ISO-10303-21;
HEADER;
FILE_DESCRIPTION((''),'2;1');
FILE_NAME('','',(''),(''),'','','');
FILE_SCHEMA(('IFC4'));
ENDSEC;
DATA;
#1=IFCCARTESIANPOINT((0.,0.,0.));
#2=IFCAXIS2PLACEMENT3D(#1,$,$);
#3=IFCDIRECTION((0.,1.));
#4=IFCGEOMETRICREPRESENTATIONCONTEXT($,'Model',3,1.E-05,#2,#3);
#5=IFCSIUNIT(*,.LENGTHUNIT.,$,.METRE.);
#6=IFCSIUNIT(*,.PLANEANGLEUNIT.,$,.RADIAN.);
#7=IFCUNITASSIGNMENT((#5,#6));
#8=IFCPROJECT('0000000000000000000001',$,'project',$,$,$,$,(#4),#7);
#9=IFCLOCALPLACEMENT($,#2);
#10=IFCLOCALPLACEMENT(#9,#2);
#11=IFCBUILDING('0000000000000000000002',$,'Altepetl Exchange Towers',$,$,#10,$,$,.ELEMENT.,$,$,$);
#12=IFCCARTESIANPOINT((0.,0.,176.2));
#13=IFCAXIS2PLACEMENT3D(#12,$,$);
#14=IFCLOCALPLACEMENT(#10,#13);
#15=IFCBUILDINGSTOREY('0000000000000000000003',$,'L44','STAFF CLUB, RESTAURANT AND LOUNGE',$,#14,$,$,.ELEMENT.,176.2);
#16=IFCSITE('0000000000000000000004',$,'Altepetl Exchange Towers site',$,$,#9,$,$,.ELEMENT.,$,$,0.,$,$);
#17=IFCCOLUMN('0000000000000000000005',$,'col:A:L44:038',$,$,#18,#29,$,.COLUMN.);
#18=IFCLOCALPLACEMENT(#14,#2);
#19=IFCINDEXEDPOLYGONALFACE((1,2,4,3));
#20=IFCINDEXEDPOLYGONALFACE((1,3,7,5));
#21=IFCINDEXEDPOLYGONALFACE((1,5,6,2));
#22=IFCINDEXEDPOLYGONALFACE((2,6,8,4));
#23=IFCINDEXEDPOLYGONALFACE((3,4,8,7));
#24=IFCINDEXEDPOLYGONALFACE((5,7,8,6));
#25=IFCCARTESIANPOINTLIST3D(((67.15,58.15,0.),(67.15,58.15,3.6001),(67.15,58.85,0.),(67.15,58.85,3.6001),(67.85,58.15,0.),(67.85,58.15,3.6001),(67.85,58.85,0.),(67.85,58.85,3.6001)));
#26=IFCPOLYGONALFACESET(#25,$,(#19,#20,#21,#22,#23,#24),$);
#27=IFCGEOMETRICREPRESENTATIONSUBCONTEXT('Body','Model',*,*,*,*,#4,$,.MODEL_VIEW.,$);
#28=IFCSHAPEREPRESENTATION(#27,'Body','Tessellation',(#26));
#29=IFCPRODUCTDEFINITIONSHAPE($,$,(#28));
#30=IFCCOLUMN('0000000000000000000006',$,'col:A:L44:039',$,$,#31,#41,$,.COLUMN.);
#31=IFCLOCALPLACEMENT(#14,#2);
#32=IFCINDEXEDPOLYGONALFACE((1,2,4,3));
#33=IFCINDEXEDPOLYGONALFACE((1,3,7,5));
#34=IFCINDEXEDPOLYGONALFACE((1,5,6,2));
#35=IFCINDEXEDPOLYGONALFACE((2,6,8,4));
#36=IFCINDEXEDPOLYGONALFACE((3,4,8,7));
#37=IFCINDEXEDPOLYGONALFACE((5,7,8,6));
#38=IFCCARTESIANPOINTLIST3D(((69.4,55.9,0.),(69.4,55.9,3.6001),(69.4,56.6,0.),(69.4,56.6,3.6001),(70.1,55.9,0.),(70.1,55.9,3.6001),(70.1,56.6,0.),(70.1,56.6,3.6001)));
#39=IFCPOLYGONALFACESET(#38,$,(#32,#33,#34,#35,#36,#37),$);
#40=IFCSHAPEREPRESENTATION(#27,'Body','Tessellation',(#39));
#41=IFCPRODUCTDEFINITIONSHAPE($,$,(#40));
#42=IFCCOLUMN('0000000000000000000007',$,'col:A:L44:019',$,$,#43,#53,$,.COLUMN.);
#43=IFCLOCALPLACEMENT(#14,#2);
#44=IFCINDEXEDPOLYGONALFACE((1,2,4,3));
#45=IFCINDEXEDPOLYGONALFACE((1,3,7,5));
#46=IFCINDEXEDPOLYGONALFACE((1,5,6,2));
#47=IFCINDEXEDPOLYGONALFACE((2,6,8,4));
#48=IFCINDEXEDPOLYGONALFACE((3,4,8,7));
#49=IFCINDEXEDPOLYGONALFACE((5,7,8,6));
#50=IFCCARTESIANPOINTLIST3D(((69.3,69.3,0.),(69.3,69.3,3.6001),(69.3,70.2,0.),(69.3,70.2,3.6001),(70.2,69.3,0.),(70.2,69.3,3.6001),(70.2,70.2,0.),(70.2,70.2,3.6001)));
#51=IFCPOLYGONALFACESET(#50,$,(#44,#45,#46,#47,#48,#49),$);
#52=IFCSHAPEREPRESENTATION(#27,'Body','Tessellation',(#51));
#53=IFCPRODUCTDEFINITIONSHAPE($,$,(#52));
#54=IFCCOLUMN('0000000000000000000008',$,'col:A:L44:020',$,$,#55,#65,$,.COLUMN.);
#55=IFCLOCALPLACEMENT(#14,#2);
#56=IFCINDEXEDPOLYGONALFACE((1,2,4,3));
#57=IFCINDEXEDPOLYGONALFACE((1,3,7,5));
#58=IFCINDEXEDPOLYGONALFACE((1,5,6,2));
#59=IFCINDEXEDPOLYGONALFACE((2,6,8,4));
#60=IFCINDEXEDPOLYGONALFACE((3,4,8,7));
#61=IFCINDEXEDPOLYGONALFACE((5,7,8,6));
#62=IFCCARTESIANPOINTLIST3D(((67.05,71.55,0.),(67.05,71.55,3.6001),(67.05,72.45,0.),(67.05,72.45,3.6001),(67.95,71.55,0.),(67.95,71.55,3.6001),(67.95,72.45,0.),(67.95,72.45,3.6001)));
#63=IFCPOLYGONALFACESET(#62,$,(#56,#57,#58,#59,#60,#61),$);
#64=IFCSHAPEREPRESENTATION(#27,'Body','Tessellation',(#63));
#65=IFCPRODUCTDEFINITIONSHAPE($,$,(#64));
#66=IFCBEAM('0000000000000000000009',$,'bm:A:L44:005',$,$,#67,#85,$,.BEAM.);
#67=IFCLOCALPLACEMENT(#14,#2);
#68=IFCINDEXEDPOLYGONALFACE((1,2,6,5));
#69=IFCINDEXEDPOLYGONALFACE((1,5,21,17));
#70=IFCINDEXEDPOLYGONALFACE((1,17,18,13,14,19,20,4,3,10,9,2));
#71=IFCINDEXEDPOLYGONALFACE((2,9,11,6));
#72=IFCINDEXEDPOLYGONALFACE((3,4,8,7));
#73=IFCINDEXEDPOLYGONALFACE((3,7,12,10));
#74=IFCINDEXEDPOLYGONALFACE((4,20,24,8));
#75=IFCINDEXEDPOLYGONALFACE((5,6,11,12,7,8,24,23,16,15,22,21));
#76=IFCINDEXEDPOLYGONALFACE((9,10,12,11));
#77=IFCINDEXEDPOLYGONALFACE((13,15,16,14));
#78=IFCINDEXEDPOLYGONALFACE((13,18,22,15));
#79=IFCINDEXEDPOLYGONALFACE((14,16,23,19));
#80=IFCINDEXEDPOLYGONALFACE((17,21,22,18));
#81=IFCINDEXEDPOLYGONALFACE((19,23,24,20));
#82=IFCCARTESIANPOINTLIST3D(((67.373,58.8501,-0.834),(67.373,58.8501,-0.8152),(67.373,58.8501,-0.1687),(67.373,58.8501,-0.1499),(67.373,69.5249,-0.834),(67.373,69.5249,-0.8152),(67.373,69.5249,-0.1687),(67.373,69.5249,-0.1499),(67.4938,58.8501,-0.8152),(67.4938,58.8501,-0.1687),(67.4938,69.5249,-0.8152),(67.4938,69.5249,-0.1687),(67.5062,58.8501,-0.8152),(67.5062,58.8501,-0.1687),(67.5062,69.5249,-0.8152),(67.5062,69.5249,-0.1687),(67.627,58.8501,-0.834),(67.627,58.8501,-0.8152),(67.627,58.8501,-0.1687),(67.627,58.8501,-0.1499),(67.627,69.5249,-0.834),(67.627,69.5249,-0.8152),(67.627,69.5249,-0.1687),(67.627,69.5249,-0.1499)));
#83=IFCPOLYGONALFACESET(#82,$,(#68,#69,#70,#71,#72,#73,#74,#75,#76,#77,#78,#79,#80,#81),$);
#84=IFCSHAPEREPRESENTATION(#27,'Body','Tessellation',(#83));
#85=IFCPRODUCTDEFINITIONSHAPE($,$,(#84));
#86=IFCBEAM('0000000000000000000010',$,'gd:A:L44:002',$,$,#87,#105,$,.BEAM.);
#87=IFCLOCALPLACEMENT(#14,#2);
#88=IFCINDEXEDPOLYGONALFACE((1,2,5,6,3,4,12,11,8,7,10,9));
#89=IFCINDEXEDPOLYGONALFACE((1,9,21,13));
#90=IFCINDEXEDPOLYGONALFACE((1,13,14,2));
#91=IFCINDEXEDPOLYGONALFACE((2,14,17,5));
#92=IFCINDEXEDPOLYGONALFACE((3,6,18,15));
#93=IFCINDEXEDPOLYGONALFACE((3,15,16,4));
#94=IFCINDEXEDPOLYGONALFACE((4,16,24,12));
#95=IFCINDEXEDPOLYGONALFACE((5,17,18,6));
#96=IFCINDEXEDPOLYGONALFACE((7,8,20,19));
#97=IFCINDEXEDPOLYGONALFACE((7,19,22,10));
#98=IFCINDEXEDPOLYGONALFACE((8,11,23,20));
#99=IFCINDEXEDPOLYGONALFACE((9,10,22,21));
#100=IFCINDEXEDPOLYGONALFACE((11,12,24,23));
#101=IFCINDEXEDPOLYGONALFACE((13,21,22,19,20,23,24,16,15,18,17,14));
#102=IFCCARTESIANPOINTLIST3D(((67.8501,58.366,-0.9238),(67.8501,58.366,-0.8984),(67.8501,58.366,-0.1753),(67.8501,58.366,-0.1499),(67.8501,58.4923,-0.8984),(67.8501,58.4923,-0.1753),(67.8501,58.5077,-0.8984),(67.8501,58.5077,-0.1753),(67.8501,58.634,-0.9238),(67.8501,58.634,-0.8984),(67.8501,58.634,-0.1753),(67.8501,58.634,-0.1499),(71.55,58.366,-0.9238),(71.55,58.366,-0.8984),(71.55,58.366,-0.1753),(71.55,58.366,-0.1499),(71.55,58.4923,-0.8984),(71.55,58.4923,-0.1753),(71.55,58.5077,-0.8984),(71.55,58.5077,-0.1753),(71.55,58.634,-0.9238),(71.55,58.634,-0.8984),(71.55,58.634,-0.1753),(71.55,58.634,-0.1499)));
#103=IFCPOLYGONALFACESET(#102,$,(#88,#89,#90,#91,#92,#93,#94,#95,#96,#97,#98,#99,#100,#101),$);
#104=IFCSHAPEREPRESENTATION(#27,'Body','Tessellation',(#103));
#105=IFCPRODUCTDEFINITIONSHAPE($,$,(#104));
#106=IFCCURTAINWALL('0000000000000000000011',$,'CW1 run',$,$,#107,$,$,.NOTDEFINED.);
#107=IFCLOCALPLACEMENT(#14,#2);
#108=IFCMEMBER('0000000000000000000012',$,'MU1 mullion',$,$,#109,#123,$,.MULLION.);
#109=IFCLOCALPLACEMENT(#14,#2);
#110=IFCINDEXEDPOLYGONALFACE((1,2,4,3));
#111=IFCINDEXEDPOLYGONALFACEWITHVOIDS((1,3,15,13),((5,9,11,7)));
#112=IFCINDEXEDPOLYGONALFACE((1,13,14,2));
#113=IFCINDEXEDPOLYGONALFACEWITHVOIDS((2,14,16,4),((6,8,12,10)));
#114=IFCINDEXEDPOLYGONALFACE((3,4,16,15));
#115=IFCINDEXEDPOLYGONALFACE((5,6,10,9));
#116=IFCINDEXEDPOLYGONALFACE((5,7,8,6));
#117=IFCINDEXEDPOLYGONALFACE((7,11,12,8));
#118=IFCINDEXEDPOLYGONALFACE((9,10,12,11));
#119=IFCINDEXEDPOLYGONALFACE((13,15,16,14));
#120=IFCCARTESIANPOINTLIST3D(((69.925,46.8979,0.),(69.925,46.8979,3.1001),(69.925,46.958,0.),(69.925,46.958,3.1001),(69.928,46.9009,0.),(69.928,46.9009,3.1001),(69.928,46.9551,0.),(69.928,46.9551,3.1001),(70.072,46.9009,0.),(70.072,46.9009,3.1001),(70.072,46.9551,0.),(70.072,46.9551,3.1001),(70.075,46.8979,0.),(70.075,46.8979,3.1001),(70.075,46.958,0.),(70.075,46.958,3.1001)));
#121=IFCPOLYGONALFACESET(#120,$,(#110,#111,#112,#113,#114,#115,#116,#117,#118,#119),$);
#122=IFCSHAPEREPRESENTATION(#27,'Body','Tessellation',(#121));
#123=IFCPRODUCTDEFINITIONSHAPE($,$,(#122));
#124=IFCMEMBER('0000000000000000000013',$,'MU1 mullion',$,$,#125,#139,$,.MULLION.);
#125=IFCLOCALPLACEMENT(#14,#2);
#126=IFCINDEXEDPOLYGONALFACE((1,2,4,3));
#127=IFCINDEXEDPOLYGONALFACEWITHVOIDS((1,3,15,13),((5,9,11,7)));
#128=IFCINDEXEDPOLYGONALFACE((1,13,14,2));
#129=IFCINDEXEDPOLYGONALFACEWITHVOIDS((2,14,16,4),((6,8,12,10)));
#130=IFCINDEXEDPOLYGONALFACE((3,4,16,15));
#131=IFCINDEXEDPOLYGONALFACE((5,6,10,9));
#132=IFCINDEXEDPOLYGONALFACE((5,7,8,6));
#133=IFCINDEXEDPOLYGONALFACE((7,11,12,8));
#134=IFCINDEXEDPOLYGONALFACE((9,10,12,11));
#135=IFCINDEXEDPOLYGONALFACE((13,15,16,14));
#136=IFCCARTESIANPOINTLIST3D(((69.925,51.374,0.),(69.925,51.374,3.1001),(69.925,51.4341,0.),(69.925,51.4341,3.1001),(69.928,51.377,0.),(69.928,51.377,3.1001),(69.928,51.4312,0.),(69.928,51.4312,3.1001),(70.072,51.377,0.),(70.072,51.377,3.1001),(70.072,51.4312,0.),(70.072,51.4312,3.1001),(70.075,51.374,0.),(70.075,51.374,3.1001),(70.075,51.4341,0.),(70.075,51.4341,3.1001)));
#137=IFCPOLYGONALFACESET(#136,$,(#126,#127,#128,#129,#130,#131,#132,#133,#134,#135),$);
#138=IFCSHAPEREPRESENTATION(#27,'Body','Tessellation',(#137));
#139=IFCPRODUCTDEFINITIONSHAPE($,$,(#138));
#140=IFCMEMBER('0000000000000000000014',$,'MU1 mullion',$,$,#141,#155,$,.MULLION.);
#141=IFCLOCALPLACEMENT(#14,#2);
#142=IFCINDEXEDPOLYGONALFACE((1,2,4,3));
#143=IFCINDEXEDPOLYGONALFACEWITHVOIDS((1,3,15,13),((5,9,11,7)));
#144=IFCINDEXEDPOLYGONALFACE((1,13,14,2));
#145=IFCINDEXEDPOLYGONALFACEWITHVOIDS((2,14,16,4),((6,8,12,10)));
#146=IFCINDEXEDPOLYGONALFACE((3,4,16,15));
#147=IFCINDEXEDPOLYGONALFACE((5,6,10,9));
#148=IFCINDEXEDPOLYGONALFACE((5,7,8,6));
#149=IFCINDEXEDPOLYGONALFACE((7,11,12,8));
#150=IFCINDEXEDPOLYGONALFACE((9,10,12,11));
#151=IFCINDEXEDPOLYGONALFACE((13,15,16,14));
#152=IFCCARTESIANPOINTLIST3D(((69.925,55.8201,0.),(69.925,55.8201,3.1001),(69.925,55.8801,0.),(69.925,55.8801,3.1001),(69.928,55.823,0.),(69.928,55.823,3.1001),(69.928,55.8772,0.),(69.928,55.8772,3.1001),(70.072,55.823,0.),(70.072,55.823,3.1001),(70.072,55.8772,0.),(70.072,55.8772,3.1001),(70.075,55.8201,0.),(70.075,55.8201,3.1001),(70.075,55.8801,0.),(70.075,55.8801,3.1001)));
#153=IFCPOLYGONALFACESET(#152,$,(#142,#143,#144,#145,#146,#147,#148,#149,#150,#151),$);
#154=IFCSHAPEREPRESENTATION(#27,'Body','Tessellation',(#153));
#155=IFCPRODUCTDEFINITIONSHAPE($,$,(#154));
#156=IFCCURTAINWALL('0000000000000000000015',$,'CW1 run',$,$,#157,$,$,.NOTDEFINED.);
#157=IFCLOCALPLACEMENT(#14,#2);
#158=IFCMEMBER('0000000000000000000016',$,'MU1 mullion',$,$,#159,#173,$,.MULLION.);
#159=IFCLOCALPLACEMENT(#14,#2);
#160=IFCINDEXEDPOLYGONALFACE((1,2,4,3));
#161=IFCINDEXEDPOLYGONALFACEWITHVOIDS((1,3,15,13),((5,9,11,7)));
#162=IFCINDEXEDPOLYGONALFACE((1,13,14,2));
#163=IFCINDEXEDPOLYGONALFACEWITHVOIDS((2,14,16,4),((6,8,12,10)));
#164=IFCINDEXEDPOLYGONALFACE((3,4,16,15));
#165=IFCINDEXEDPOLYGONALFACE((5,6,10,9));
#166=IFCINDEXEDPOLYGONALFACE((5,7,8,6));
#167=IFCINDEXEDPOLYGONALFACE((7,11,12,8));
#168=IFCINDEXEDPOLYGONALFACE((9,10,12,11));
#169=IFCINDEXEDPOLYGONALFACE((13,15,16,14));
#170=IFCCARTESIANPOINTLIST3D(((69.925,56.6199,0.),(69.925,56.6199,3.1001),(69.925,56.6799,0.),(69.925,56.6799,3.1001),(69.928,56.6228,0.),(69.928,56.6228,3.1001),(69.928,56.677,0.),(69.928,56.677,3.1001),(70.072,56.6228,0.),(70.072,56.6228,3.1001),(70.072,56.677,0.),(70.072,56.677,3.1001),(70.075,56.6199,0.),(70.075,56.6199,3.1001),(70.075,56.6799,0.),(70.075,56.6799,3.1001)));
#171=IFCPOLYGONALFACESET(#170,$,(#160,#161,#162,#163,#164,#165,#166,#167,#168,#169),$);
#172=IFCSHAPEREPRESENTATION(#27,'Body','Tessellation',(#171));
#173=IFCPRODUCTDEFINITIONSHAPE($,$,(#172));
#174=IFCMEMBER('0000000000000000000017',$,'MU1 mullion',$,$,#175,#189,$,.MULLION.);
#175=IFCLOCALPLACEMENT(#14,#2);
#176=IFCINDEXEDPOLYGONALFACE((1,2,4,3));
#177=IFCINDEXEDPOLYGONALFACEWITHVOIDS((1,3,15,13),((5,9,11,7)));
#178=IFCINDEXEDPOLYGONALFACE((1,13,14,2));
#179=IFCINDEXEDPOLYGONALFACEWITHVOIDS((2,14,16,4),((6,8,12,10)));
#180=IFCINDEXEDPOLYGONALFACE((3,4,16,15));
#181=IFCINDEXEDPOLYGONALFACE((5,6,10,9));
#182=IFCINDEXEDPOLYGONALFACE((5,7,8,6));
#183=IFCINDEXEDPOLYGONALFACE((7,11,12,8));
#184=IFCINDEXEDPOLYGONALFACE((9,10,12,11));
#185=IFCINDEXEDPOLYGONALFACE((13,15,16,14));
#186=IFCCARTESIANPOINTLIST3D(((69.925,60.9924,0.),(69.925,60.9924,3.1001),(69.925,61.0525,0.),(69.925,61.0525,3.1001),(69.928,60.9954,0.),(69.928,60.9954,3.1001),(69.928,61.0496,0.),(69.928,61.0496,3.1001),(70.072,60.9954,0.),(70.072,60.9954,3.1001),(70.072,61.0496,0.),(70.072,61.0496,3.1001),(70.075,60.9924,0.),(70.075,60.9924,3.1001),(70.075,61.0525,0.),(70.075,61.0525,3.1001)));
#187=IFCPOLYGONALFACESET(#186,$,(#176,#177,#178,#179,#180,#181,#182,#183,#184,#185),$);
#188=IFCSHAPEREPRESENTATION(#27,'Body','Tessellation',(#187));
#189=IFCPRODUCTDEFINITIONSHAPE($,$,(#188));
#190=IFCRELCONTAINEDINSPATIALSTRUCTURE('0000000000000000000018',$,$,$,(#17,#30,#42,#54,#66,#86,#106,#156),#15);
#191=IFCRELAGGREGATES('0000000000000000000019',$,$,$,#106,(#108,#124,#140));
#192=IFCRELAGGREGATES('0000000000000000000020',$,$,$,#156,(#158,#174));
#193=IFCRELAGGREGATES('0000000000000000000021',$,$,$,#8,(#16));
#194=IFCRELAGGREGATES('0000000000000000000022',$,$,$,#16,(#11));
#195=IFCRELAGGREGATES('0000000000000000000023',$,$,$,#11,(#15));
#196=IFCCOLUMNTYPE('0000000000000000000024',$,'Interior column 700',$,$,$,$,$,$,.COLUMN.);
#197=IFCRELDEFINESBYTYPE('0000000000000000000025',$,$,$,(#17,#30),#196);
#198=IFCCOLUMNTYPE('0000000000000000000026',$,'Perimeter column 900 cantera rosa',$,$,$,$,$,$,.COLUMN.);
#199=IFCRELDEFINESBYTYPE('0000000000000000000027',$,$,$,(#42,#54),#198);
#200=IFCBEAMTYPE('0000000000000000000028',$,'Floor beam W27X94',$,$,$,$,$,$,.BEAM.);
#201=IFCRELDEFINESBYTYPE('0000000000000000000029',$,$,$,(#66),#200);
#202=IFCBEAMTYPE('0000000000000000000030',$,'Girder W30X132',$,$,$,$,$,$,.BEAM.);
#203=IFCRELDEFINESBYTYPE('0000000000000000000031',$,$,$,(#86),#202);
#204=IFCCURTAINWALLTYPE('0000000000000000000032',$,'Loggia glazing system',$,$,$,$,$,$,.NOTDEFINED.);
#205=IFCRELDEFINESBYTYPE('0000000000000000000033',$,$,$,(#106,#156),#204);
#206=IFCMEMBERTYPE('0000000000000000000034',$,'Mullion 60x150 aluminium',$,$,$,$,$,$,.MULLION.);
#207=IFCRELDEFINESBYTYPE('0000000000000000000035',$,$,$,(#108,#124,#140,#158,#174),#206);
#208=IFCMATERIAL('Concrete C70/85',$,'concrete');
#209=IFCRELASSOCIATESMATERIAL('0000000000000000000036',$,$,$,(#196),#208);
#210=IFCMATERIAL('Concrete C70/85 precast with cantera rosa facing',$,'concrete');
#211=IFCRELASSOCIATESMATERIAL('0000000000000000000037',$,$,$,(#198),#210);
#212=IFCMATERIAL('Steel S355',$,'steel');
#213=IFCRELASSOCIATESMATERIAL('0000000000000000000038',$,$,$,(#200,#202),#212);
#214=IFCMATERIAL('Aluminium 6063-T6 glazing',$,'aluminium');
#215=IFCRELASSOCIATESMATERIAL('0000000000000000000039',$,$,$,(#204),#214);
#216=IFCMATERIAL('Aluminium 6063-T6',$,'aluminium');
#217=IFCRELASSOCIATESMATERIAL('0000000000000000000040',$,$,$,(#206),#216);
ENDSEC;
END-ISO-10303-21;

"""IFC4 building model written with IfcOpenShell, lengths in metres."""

from ifc_helpers import new_model, si_unit, direction, frame, origin, origin_2d, place, context, subcontext, project, spatial, rectangle, hollow_rectangle, i_section, extrude, material, material_profile, profile_set, type_object, element, aggregate, save


model = new_model("IFC4")

# Units and contexts
model_context = context("Model", 3, precision=1e-05, world=origin(), true_north=direction((0.0, 1.0)))
body_context = subcontext(model_context, "Body", "Model", "MODEL_VIEW")
ifc_project = project(units=[si_unit("LENGTHUNIT", "METRE"), si_unit("PLANEANGLEUNIT", "RADIAN")], contexts=[model_context])

# Site, building, storey
site_placement = place(None, origin())
site = spatial("IfcSite", under=ifc_project, at=site_placement, Name="Altepetl Exchange Towers site", CompositionType="ELEMENT", RefElevation=0.0)
building_placement = place(site_placement, origin())
building = spatial("IfcBuilding", under=site, at=building_placement, Name="Altepetl Exchange Towers", CompositionType="ELEMENT")
storey_placement = place(building_placement, frame((0.0, 0.0, 176.2)))
storey = spatial("IfcBuildingStorey", under=building, at=storey_placement, Name="L44", Description="STAFF CLUB, RESTAURANT AND LOUNGE", CompositionType="ELEMENT", Elevation=176.2)

# Columns
ifc_material_1 = material(Name="Concrete C70/85", Category="concrete")
ifc_material_profile_1 = material_profile(ifc_material_1, rectangle(XDim=0.7, YDim=0.7, at=origin_2d()), Name="700 x 700")
ifc_profile_set_1 = profile_set([ifc_material_profile_1], Name="Concrete C70/85")
column_type_1 = type_object("IfcColumnType", Name="Interior column 700", PredefinedType="COLUMN", material=ifc_profile_set_1)
for number, where, name in (
    (1, (67.5, 58.5, 0.0), "col:A:L44:038"),
    (2, (69.75, 56.25, 0.0), "col:A:L44:039"),
):
    element("IfcColumn", number, at=place(storey_placement, frame(where)), inside=storey, type_object=column_type_1, Name=name, PredefinedType="COLUMN", context=body_context, shape_type="SweptSolid", body=[
        extrude(rectangle(XDim=0.7, YDim=0.7, at=origin_2d()), origin(), (0.0, 0.0, 1.0), 3.6001),
    ])
ifc_material_2 = material(Name="Concrete C70/85 precast with cantera rosa facing", Category="concrete")
ifc_material_profile_2 = material_profile(ifc_material_2, rectangle(XDim=0.8999, YDim=0.8999, at=origin_2d()), Name="900 x 900")
ifc_profile_set_2 = profile_set([ifc_material_profile_2], Name="Concrete C70/85 precast with cantera rosa facing")
column_type_2 = type_object("IfcColumnType", Name="Perimeter column 900 cantera rosa", PredefinedType="COLUMN", material=ifc_profile_set_2)
for number, where, name in (
    (3, (69.75, 69.75, 0.0), "col:A:L44:019"),
    (4, (67.5, 72.0, 0.0), "col:A:L44:020"),
):
    element("IfcColumn", number, at=place(storey_placement, frame(where)), inside=storey, type_object=column_type_2, Name=name, PredefinedType="COLUMN", context=body_context, shape_type="SweptSolid", body=[
        extrude(rectangle(XDim=0.8999, YDim=0.8999, at=origin_2d()), origin(), (0.0, 0.0, 1.0), 3.6001),
    ])

# Beams
ifc_material_3 = material(Name="Steel S355", Category="steel")
ifc_material_profile_3 = material_profile(ifc_material_3, i_section(OverallWidth=0.2539, OverallDepth=0.6841, WebThickness=0.0125, FlangeThickness=0.0188, at=origin_2d()), Name="W27X94")
ifc_profile_set_3 = profile_set([ifc_material_profile_3], Name="Steel S355")
beam_type_1 = type_object("IfcBeamType", Name="Floor beam W27X94", PredefinedType="BEAM", material=ifc_profile_set_3)
beam_1_placement = place(storey_placement, frame((67.5, 58.8501, -0.4919), z_axis=(0.0, 1.0, 0.0), x_axis=(-1.0, 0.0, 0.0)))
element("IfcBeam", 5, at=beam_1_placement, inside=storey, type_object=beam_type_1, Name="bm:A:L44:005", PredefinedType="BEAM", context=body_context, shape_type="SweptSolid", body=[
    extrude(i_section(OverallWidth=0.2539, OverallDepth=0.6841, WebThickness=0.0125, FlangeThickness=0.0188, at=origin_2d()), origin(), (0.0, 0.0, 1.0), 10.6748),
])
ifc_material_profile_4 = material_profile(ifc_material_3, i_section(OverallWidth=0.2681, OverallDepth=0.7739, WebThickness=0.0154, FlangeThickness=0.0254, at=origin_2d()), Name="W30X132")
ifc_profile_set_4 = profile_set([ifc_material_profile_4], Name="Steel S355")
beam_type_2 = type_object("IfcBeamType", Name="Girder W30X132", PredefinedType="BEAM", material=ifc_profile_set_4)
beam_2_placement = place(storey_placement, frame((67.8501, 58.5, -0.5369), z_axis=(1.0, 0.0, 0.0), x_axis=(0.0, 1.0, 0.0)))
element("IfcBeam", 6, at=beam_2_placement, inside=storey, type_object=beam_type_2, Name="gd:A:L44:002", PredefinedType="BEAM", context=body_context, shape_type="SweptSolid", body=[
    extrude(i_section(OverallWidth=0.2681, OverallDepth=0.7739, WebThickness=0.0154, FlangeThickness=0.0254, at=origin_2d()), origin(), (0.0, 0.0, 1.0), 3.7),
])

# Curtain walls, members
ifc_material_4 = material(Name="Aluminium 6063-T6 glazing", Category="aluminium")
curtain_wall_type = type_object("IfcCurtainWallType", Name="Loggia glazing system", PredefinedType="NOTDEFINED", material=ifc_material_4)
curtain_wall_1_placement = place(storey_placement, origin())
curtain_wall_1 = element("IfcCurtainWall", 7, at=curtain_wall_1_placement, inside=storey, type_object=curtain_wall_type, Name="CW1 run", PredefinedType="NOTDEFINED")
ifc_material_5 = material(Name="Aluminium 6063-T6", Category="aluminium")
ifc_material_profile_5 = material_profile(ifc_material_5, hollow_rectangle(XDim=0.0601, YDim=0.1499, WallThickness=0.0029, at=origin_2d()), Name="Mullion 60x150 aluminium")
ifc_profile_set_5 = profile_set([ifc_material_profile_5], Name="Aluminium 6063-T6")
member_type = type_object("IfcMemberType", Name="Mullion 60x150 aluminium", PredefinedType="MULLION", material=ifc_profile_set_5)
member_1_placement = place(storey_placement, frame((70.0, 46.928, 0.0), z_axis=(0.0, 0.0, 1.0), x_axis=(0.0, 1.0, 0.0)))
member_1 = element("IfcMember", 8, at=member_1_placement, type_object=member_type, Name="MU1 mullion", PredefinedType="MULLION", context=body_context, shape_type="SweptSolid", body=[
    extrude(hollow_rectangle(XDim=0.0601, YDim=0.1499, WallThickness=0.0029, at=origin_2d()), origin(), (0.0, 0.0, 1.0), 3.1001),
])
member_2_placement = place(storey_placement, frame((70.0, 51.4041, 0.0), z_axis=(0.0, 0.0, 1.0), x_axis=(0.0, 1.0, 0.0)))
member_2 = element("IfcMember", 9, at=member_2_placement, type_object=member_type, Name="MU1 mullion", PredefinedType="MULLION", context=body_context, shape_type="SweptSolid", body=[
    extrude(hollow_rectangle(XDim=0.0601, YDim=0.1499, WallThickness=0.0029, at=origin_2d()), origin(), (0.0, 0.0, 1.0), 3.1001),
])
member_3_placement = place(storey_placement, frame((70.0, 55.8501, 0.0), z_axis=(0.0, 0.0, 1.0), x_axis=(0.0, 1.0, 0.0)))
member_3 = element("IfcMember", 10, at=member_3_placement, type_object=member_type, Name="MU1 mullion", PredefinedType="MULLION", context=body_context, shape_type="SweptSolid", body=[
    extrude(hollow_rectangle(XDim=0.0601, YDim=0.1499, WallThickness=0.0029, at=origin_2d()), origin(), (0.0, 0.0, 1.0), 3.1001),
])
curtain_wall_2_placement = place(storey_placement, origin())
curtain_wall_2 = element("IfcCurtainWall", 11, at=curtain_wall_2_placement, inside=storey, type_object=curtain_wall_type, Name="CW1 run", PredefinedType="NOTDEFINED")
member_4_placement = place(storey_placement, frame((70.0, 56.6499, 0.0), z_axis=(0.0, 0.0, 1.0), x_axis=(0.0, 1.0, 0.0)))
member_4 = element("IfcMember", 12, at=member_4_placement, type_object=member_type, Name="MU1 mullion", PredefinedType="MULLION", context=body_context, shape_type="SweptSolid", body=[
    extrude(hollow_rectangle(XDim=0.0601, YDim=0.1499, WallThickness=0.0029, at=origin_2d()), origin(), (0.0, 0.0, 1.0), 3.1001),
])
member_5_placement = place(storey_placement, frame((70.0, 61.0225, 0.0), z_axis=(0.0, 0.0, 1.0), x_axis=(0.0, 1.0, 0.0)))
member_5 = element("IfcMember", 13, at=member_5_placement, type_object=member_type, Name="MU1 mullion", PredefinedType="MULLION", context=body_context, shape_type="SweptSolid", body=[
    extrude(hollow_rectangle(XDim=0.0601, YDim=0.1499, WallThickness=0.0029, at=origin_2d()), origin(), (0.0, 0.0, 1.0), 3.1001),
])

aggregate(curtain_wall_1, [member_1, member_2, member_3])
aggregate(curtain_wall_2, [member_4, member_5])

save(model, "model.ifc")
